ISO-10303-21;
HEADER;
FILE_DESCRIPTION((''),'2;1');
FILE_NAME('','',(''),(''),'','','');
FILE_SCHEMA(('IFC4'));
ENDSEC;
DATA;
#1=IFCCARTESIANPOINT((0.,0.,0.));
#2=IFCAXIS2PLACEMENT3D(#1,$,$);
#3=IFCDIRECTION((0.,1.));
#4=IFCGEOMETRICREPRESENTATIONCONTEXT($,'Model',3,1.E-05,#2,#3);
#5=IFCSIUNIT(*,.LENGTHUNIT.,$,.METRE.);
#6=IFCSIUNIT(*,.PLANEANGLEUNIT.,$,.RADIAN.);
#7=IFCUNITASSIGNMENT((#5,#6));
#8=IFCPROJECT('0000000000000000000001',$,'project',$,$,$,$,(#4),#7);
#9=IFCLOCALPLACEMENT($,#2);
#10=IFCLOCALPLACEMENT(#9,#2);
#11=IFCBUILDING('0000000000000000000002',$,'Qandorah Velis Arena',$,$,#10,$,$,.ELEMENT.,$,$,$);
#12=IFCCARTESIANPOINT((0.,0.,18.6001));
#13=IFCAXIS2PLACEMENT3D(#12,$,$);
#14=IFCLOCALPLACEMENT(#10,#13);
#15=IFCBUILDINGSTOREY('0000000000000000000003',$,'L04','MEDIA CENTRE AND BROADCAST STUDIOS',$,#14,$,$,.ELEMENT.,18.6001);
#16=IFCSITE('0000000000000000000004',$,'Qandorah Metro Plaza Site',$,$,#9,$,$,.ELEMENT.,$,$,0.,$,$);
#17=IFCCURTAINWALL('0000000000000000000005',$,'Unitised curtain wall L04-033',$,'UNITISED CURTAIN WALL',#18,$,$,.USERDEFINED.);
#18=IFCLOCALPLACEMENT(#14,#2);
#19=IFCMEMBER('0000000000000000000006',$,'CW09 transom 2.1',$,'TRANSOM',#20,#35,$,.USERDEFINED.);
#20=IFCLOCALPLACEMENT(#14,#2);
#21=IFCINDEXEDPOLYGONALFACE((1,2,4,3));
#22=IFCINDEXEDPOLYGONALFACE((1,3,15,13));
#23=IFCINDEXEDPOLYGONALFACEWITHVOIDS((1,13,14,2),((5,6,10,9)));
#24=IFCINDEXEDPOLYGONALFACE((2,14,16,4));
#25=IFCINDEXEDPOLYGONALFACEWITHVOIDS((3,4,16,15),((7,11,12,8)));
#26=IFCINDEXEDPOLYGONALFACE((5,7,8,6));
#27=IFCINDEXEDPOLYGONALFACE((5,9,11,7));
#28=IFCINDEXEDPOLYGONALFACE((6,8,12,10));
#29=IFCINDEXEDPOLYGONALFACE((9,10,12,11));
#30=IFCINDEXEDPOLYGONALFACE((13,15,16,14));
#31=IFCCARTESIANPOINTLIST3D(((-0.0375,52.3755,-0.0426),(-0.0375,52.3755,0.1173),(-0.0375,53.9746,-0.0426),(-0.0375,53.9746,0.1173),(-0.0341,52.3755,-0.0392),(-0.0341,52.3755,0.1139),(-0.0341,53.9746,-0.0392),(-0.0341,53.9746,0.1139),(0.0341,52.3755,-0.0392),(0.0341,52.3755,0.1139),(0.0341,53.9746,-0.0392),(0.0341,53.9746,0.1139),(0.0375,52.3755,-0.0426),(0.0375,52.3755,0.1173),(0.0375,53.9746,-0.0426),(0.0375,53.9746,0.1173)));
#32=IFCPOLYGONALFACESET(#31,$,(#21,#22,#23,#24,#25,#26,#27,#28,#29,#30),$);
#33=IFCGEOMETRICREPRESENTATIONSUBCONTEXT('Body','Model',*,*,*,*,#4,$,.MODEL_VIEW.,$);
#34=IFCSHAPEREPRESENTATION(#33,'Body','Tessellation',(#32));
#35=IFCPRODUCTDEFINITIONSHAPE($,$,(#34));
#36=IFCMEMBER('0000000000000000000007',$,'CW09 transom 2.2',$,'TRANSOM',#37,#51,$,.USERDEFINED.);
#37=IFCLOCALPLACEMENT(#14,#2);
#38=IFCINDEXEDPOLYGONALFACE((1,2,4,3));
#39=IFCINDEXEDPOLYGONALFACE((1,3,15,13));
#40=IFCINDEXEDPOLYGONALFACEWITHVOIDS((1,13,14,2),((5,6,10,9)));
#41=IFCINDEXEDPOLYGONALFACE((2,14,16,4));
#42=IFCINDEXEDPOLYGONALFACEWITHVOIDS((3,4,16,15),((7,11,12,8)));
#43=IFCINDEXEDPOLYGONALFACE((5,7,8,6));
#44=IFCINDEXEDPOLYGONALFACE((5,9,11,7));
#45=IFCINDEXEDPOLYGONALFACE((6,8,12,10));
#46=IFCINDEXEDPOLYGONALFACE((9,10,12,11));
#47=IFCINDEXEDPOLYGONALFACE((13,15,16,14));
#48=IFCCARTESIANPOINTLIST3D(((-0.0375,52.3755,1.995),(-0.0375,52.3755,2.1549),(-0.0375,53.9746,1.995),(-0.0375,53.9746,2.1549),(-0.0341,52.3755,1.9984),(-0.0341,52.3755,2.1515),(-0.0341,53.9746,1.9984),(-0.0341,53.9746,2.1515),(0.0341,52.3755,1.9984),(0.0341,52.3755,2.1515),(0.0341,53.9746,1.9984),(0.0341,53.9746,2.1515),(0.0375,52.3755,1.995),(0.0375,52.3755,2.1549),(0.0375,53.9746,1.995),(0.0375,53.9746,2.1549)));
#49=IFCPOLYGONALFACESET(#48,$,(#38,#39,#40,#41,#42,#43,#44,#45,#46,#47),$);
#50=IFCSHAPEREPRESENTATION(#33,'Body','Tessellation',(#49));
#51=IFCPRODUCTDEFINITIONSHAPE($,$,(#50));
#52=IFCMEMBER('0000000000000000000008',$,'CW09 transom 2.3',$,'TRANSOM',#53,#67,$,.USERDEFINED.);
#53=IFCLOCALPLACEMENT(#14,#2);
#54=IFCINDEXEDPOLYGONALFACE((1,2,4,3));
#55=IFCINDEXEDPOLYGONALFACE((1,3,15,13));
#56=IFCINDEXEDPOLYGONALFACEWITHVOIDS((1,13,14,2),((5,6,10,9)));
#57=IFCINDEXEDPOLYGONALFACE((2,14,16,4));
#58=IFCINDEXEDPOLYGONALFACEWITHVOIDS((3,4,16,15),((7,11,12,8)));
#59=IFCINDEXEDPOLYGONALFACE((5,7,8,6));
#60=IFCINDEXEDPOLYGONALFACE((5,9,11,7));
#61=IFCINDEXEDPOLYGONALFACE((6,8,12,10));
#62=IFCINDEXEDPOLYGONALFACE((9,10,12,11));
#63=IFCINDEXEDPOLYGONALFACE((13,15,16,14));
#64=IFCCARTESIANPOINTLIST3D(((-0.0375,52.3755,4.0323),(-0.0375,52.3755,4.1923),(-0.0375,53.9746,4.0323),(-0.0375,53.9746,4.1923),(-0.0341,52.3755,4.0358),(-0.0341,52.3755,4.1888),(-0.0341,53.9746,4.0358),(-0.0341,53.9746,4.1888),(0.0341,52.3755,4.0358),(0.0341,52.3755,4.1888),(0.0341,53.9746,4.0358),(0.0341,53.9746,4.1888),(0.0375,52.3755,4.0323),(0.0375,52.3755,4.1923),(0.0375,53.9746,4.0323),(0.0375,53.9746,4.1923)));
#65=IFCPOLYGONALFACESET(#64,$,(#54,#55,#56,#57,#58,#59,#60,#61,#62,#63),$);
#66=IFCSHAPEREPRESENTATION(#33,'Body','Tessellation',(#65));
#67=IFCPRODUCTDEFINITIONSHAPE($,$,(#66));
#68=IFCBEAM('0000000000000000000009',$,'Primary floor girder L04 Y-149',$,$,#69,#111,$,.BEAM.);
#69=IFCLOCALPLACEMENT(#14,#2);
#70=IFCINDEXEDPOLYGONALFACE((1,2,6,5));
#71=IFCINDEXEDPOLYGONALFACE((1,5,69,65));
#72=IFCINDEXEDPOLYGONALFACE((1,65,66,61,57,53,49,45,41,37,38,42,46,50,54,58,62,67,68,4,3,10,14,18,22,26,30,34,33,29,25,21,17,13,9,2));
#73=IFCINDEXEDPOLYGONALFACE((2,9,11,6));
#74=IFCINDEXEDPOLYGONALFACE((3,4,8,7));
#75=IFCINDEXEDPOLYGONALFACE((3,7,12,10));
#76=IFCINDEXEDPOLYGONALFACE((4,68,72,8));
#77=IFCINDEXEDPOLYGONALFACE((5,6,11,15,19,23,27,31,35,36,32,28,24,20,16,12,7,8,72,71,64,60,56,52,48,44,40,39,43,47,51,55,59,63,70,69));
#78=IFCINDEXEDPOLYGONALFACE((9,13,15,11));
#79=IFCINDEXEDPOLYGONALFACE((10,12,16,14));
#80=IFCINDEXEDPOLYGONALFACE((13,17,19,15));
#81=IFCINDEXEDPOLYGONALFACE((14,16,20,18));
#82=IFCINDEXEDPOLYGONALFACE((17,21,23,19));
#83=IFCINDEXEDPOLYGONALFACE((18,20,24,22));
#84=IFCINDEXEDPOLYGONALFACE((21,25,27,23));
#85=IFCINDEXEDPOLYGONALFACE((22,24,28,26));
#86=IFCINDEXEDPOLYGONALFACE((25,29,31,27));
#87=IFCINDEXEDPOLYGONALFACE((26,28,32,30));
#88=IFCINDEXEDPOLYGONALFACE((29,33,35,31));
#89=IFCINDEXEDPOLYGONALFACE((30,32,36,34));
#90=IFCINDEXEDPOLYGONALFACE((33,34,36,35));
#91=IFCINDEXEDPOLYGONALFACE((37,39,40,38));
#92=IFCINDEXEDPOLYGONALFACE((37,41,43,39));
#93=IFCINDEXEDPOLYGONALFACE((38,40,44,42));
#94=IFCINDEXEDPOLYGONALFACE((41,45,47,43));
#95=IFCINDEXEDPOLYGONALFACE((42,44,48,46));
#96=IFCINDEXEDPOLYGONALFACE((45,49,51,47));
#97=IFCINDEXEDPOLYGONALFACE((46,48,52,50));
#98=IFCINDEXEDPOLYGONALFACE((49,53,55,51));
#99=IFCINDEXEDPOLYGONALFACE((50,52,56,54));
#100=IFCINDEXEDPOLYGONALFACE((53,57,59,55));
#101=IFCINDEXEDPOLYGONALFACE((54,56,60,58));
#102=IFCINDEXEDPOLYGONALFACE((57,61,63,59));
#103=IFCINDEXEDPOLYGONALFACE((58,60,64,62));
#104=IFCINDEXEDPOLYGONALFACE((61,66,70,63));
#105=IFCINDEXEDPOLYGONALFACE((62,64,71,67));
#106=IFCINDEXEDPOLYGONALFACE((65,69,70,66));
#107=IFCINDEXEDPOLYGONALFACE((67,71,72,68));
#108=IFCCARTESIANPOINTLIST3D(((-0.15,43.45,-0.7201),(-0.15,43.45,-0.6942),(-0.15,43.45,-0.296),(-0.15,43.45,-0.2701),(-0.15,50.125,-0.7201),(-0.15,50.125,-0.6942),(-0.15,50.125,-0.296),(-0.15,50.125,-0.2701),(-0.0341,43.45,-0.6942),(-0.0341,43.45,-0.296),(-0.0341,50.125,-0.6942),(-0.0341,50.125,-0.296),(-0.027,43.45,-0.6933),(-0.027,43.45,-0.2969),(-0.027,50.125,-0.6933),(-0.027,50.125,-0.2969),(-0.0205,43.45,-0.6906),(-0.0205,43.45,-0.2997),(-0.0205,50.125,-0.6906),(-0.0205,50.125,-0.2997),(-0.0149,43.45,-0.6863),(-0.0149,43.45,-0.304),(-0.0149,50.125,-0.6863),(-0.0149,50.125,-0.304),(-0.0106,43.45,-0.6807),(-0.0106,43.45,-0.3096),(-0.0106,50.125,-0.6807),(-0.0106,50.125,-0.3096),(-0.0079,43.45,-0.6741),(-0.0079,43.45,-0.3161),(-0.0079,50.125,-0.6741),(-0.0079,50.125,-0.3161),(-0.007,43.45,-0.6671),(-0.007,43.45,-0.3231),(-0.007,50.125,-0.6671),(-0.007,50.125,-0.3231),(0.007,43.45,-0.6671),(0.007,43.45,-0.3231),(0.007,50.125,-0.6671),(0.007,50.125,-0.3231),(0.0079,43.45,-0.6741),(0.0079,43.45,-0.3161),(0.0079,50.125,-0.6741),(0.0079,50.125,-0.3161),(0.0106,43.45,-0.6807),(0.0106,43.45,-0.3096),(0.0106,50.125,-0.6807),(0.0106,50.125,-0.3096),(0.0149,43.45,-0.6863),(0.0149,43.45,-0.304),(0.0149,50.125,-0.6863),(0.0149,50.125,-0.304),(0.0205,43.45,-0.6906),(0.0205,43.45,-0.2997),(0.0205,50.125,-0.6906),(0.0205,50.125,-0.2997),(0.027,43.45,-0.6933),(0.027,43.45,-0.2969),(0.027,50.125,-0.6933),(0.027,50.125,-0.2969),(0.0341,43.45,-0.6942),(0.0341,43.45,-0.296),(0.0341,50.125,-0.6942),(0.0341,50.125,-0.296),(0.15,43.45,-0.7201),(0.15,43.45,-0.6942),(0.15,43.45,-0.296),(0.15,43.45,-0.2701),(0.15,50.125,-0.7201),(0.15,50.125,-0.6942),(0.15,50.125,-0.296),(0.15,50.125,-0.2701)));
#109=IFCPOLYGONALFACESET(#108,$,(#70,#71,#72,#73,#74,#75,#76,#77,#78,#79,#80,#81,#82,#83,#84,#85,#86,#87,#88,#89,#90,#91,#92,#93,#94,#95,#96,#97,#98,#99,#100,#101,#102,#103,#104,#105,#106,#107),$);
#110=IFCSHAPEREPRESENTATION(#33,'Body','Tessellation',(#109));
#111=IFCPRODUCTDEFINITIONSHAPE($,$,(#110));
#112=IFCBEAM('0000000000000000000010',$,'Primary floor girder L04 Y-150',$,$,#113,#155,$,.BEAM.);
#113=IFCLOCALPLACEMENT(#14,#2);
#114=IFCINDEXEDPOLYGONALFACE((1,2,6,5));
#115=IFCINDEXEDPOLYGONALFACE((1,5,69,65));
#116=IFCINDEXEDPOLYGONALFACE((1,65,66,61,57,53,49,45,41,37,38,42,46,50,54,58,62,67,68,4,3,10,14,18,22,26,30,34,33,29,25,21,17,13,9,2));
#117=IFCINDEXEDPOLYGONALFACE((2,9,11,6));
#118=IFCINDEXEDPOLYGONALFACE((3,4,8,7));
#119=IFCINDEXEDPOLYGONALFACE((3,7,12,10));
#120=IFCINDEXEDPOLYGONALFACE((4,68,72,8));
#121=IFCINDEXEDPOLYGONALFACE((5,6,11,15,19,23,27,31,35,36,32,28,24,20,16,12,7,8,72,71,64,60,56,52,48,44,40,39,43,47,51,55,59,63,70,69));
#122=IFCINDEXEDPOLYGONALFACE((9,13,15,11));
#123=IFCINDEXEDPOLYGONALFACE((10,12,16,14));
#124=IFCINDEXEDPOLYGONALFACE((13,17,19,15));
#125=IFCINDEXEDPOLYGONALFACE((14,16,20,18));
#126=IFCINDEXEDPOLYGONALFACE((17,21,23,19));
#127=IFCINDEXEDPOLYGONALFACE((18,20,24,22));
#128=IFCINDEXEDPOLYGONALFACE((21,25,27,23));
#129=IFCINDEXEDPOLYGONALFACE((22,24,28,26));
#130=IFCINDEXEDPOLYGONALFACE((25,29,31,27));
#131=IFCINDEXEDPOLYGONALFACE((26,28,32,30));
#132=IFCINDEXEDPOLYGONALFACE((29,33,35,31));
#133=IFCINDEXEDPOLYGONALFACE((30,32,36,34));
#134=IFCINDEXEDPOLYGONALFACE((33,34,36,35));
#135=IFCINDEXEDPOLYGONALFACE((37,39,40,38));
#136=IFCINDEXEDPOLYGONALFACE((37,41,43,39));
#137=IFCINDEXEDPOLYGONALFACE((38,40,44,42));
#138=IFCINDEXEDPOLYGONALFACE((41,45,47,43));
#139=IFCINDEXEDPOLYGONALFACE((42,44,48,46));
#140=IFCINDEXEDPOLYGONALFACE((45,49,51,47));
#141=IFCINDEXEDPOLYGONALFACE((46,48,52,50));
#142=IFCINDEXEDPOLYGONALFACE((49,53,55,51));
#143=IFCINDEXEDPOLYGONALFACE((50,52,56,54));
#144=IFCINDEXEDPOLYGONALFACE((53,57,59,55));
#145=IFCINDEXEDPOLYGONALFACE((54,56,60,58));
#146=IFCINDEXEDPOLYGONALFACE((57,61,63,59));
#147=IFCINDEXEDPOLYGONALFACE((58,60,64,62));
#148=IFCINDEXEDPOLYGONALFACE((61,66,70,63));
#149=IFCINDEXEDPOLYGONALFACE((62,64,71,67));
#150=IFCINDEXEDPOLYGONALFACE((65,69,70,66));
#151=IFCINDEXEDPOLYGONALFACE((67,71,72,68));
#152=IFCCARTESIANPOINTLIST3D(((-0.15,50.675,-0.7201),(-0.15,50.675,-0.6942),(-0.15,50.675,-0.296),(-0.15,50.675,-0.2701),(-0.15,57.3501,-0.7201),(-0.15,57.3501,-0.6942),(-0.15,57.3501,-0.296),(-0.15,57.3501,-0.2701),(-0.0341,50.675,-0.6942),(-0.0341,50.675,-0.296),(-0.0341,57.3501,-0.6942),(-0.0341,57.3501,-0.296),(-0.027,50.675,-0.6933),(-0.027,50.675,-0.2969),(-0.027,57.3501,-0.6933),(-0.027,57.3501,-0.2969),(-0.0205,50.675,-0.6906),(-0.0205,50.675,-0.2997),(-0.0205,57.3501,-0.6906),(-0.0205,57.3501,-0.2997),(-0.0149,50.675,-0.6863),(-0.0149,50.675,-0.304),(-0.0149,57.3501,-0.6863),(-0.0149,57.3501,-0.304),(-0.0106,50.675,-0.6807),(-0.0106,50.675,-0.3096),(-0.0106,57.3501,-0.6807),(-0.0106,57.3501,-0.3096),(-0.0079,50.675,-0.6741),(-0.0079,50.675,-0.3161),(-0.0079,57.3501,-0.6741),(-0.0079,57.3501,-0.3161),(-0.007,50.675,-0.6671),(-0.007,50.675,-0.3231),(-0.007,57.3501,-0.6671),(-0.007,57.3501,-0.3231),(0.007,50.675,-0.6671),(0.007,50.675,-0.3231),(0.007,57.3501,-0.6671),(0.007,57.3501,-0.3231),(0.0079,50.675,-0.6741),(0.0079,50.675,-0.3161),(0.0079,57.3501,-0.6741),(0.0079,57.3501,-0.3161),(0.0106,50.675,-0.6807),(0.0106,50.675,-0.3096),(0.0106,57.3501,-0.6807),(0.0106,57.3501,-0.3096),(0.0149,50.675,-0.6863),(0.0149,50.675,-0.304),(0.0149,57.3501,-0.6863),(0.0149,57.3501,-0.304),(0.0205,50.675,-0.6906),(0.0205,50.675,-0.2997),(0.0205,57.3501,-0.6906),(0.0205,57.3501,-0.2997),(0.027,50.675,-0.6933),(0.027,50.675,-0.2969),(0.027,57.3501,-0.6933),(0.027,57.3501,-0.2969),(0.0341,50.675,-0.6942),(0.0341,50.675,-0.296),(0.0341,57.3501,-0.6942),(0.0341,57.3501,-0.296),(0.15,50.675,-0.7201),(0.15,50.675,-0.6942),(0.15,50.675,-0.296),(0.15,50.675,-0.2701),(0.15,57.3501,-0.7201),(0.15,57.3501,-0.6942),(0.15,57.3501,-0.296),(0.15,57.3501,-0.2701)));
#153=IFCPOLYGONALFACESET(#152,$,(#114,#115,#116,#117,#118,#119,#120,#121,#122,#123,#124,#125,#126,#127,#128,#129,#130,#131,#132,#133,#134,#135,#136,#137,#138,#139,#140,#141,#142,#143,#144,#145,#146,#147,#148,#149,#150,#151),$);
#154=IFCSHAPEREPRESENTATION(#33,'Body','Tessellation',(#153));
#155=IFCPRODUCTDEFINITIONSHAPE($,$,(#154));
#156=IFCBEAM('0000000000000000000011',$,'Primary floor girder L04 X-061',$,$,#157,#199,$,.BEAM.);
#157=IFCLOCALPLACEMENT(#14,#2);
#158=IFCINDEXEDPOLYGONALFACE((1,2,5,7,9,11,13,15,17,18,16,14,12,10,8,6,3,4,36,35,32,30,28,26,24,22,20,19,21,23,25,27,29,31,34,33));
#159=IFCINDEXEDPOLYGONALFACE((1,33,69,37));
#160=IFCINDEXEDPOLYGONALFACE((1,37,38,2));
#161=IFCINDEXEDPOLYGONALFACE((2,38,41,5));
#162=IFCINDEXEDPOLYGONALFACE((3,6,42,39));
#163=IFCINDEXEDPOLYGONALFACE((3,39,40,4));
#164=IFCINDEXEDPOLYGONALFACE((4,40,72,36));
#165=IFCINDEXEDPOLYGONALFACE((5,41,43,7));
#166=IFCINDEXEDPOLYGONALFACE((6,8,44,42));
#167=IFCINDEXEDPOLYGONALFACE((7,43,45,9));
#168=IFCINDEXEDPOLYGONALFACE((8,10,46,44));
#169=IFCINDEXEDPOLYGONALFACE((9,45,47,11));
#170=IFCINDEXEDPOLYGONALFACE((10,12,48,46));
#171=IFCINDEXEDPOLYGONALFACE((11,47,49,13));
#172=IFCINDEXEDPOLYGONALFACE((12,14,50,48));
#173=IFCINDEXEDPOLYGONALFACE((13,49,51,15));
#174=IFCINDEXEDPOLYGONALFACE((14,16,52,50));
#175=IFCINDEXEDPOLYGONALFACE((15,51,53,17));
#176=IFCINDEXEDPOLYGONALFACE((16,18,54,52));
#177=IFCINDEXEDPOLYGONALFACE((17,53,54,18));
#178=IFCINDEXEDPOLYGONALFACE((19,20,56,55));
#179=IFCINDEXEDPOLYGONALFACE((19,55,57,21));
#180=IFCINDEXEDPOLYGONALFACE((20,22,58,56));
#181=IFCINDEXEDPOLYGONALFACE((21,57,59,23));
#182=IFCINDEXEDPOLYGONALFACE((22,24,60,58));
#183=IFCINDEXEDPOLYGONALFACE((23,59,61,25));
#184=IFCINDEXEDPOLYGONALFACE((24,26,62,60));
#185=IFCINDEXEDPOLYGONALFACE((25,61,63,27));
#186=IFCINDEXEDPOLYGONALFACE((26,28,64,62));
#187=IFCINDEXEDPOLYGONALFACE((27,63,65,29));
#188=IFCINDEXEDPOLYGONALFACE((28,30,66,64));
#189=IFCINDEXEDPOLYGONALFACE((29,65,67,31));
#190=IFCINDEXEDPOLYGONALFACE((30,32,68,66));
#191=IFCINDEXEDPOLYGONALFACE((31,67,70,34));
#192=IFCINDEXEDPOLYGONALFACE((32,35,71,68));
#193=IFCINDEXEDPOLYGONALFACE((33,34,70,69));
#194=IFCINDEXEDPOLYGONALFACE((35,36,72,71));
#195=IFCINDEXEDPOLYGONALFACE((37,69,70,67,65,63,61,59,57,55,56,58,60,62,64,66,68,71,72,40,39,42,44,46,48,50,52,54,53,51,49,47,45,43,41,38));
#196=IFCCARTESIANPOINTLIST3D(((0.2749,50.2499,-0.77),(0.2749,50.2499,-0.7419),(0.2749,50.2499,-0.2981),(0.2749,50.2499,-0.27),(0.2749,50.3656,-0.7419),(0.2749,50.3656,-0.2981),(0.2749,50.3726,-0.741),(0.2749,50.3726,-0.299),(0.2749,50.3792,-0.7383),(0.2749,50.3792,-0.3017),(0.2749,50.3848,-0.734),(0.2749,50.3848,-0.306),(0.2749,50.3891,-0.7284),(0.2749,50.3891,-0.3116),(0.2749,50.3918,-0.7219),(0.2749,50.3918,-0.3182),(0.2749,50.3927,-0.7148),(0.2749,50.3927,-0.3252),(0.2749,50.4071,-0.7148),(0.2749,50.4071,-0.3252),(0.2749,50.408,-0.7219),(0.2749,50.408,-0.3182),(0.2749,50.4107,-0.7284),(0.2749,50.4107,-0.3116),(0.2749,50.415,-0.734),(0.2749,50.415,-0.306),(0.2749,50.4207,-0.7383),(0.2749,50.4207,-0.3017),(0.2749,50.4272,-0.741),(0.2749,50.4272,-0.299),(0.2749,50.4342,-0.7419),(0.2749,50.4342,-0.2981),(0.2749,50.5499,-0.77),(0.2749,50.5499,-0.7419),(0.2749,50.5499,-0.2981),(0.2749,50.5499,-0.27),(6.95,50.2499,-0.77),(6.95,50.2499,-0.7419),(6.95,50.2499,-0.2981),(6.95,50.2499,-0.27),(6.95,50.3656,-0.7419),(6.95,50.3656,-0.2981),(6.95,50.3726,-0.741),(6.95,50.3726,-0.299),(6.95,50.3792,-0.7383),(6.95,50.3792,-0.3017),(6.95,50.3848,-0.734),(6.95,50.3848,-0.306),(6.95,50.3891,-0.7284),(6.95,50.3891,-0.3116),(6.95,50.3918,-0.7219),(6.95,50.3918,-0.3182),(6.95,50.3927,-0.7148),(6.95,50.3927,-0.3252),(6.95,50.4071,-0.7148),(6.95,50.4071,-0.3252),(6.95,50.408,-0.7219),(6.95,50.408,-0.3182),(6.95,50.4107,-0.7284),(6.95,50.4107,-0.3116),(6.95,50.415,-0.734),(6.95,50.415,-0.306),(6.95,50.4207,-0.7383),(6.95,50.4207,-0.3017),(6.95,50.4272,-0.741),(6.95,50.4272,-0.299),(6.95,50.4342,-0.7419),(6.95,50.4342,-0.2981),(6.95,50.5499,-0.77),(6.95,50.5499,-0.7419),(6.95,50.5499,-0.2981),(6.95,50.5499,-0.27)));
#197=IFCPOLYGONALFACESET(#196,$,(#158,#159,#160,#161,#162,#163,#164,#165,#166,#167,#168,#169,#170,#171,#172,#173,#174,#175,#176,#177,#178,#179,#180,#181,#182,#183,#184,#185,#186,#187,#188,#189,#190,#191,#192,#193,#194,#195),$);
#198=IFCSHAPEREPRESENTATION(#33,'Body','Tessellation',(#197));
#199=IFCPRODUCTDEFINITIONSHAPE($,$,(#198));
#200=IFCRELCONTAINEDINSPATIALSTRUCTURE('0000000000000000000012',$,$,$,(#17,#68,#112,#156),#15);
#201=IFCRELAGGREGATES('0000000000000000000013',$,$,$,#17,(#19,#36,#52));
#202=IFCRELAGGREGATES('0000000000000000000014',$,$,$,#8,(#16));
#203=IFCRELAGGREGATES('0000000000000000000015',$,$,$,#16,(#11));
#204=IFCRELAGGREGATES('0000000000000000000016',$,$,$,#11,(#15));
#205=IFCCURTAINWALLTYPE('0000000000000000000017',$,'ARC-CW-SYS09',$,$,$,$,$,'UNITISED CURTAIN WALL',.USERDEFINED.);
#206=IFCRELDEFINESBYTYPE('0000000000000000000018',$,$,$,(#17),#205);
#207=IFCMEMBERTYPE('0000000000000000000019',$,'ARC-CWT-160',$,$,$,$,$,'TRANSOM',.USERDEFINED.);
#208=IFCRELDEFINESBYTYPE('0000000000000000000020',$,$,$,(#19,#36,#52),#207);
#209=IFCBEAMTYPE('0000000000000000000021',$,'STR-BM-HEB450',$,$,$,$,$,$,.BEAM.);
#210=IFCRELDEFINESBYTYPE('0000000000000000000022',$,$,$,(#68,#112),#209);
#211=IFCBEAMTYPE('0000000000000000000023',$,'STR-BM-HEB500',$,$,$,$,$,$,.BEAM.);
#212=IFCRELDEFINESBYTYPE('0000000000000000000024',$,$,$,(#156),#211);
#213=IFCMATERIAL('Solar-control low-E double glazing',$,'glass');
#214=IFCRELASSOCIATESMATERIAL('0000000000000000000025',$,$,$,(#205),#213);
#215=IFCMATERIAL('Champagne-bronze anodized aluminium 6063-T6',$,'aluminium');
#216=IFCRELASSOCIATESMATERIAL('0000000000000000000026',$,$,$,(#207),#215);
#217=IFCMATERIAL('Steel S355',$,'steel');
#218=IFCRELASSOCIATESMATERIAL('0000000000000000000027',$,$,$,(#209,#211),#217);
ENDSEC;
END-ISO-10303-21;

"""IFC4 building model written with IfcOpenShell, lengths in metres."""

from ifc_helpers import new_model, si_unit, direction, frame, origin, origin_2d, place, context, subcontext, project, spatial, hollow_rectangle, i_section, extrude, material, material_profile, profile_set, type_object, element, aggregate, save


model = new_model("IFC4")

# Units and contexts
model_context = context("Model", 3, precision=1e-05, world=origin(), true_north=direction((0.0, 1.0)))
body_context = subcontext(model_context, "Body", "Model", "MODEL_VIEW")
ifc_project = project(units=[si_unit("LENGTHUNIT", "METRE"), si_unit("PLANEANGLEUNIT", "RADIAN")], contexts=[model_context])

# Site, building, storey
site_placement = place(None, origin())
site = spatial("IfcSite", under=ifc_project, at=site_placement, Name="Qandorah Metro Plaza Site", CompositionType="ELEMENT", RefElevation=0.0)
building_placement = place(site_placement, origin())
building = spatial("IfcBuilding", under=site, at=building_placement, Name="Qandorah Velis Arena", CompositionType="ELEMENT")
storey_placement = place(building_placement, frame((0.0, 0.0, 18.6001)))
storey = spatial("IfcBuildingStorey", under=building, at=storey_placement, Name="L04", Description="MEDIA CENTRE AND BROADCAST STUDIOS", CompositionType="ELEMENT", Elevation=18.6001)

# Shared definitions
ifc_material_1 = material(Name="Steel S355", Category="steel")

# Curtain wall, members
ifc_material_2 = material(Name="Solar-control low-E double glazing", Category="glass")
curtain_wall_type = type_object("IfcCurtainWallType", Name="ARC-CW-SYS09", ElementType="UNITISED CURTAIN WALL", PredefinedType="USERDEFINED", material=ifc_material_2)
curtain_wall_placement = place(storey_placement, origin())
curtain_wall = element("IfcCurtainWall", 1, at=curtain_wall_placement, inside=storey, type_object=curtain_wall_type, Name="Unitised curtain wall L04-033", ObjectType="UNITISED CURTAIN WALL", PredefinedType="USERDEFINED")
ifc_material_3 = material(Name="Champagne-bronze anodized aluminium 6063-T6", Category="aluminium")
ifc_material_profile_1 = material_profile(ifc_material_3, hollow_rectangle(XDim=0.075, YDim=0.1599, WallThickness=0.0034, at=origin_2d()), Name="ALU TRANSOM 75x160")
ifc_profile_set_1 = profile_set([ifc_material_profile_1], Name="Champagne-bronze anodized aluminium 6063-T6")
member_type_1 = type_object("IfcMemberType", Name="ARC-CWT-160", ElementType="TRANSOM", PredefinedType="USERDEFINED", material=ifc_profile_set_1)
member_1_placement = place(storey_placement, frame((0.0, 52.3755, 0.0374), z_axis=(0.0, 1.0, 0.0), x_axis=(-1.0, 0.0, 0.0)))
member_1 = element("IfcMember", 2, at=member_1_placement, type_object=member_type_1, Name="CW09 transom 2.1", ObjectType="TRANSOM", PredefinedType="USERDEFINED", context=body_context, shape_type="SweptSolid", body=[
    extrude(hollow_rectangle(XDim=0.075, YDim=0.1599, WallThickness=0.0034, at=origin_2d()), origin(), (0.0, 0.0, 1.0), 1.5991),
])
member_2_placement = place(storey_placement, frame((0.0, 52.3755, 2.075), z_axis=(0.0, 1.0, 0.0), x_axis=(-1.0, 0.0, 0.0)))
member_2 = element("IfcMember", 3, at=member_2_placement, type_object=member_type_1, Name="CW09 transom 2.2", ObjectType="TRANSOM", PredefinedType="USERDEFINED", context=body_context, shape_type="SweptSolid", body=[
    extrude(hollow_rectangle(XDim=0.075, YDim=0.1599, WallThickness=0.0034, at=origin_2d()), origin(), (0.0, 0.0, 1.0), 1.5991),
])
member_3_placement = place(storey_placement, frame((0.0, 52.3755, 4.1123), z_axis=(0.0, 1.0, 0.0), x_axis=(-1.0, 0.0, 0.0)))
member_3 = element("IfcMember", 4, at=member_3_placement, type_object=member_type_1, Name="CW09 transom 2.3", ObjectType="TRANSOM", PredefinedType="USERDEFINED", context=body_context, shape_type="SweptSolid", body=[
    extrude(hollow_rectangle(XDim=0.075, YDim=0.1599, WallThickness=0.0034, at=origin_2d()), origin(), (0.0, 0.0, 1.0), 1.5991),
])

# Beams
ifc_material_profile_2 = material_profile(ifc_material_1, i_section(OverallWidth=0.3, OverallDepth=0.45, WebThickness=0.0139, FlangeThickness=0.0259, FilletRadius=0.0271, at=origin_2d()), Name="HEB 450")
ifc_profile_set_2 = profile_set([ifc_material_profile_2], Name="Steel S355")
beam_type_1 = type_object("IfcBeamType", Name="STR-BM-HEB450", PredefinedType="BEAM", material=ifc_profile_set_2)
for number, where, z_axis, x_axis, name in (
    (5, (0.0, 43.45, -0.4951), (0.0, 1.0, 0.0), (-1.0, 0.0, 0.0), "Primary floor girder L04 Y-149"),
    (6, (0.0, 50.675, -0.4951), (0.0, 1.0, 0.0), (-1.0, 0.0, 0.0), "Primary floor girder L04 Y-150"),
):
    element("IfcBeam", number, at=place(storey_placement, frame(where, z_axis=z_axis, x_axis=x_axis)), inside=storey, type_object=beam_type_1, Name=name, PredefinedType="BEAM", context=body_context, shape_type="SweptSolid", body=[
        extrude(i_section(OverallWidth=0.3, OverallDepth=0.45, WebThickness=0.0139, FlangeThickness=0.0259, FilletRadius=0.0271, at=origin_2d()), origin(), (0.0, 0.0, 1.0), 6.675),
    ])
ifc_material_profile_3 = material_profile(ifc_material_1, i_section(OverallWidth=0.3, OverallDepth=0.5, WebThickness=0.0144, FlangeThickness=0.0281, FilletRadius=0.0271, at=origin_2d()), Name="HEB 500")
ifc_profile_set_3 = profile_set([ifc_material_profile_3], Name="Steel S355")
beam_type_2 = type_object("IfcBeamType", Name="STR-BM-HEB500", PredefinedType="BEAM", material=ifc_profile_set_3)
beam_1_placement = place(storey_placement, frame((0.2749, 50.3999, -0.52), z_axis=(1.0, 0.0, 0.0), x_axis=(0.0, 1.0, 0.0)))
element("IfcBeam", 7, at=beam_1_placement, inside=storey, type_object=beam_type_2, Name="Primary floor girder L04 X-061", PredefinedType="BEAM", context=body_context, shape_type="SweptSolid", body=[
    extrude(i_section(OverallWidth=0.3, OverallDepth=0.5, WebThickness=0.0144, FlangeThickness=0.0281, FilletRadius=0.0271, at=origin_2d()), origin(), (0.0, 0.0, 1.0), 6.675),
])

aggregate(curtain_wall, [member_1, member_2, member_3])

save(model, "model.ifc")
